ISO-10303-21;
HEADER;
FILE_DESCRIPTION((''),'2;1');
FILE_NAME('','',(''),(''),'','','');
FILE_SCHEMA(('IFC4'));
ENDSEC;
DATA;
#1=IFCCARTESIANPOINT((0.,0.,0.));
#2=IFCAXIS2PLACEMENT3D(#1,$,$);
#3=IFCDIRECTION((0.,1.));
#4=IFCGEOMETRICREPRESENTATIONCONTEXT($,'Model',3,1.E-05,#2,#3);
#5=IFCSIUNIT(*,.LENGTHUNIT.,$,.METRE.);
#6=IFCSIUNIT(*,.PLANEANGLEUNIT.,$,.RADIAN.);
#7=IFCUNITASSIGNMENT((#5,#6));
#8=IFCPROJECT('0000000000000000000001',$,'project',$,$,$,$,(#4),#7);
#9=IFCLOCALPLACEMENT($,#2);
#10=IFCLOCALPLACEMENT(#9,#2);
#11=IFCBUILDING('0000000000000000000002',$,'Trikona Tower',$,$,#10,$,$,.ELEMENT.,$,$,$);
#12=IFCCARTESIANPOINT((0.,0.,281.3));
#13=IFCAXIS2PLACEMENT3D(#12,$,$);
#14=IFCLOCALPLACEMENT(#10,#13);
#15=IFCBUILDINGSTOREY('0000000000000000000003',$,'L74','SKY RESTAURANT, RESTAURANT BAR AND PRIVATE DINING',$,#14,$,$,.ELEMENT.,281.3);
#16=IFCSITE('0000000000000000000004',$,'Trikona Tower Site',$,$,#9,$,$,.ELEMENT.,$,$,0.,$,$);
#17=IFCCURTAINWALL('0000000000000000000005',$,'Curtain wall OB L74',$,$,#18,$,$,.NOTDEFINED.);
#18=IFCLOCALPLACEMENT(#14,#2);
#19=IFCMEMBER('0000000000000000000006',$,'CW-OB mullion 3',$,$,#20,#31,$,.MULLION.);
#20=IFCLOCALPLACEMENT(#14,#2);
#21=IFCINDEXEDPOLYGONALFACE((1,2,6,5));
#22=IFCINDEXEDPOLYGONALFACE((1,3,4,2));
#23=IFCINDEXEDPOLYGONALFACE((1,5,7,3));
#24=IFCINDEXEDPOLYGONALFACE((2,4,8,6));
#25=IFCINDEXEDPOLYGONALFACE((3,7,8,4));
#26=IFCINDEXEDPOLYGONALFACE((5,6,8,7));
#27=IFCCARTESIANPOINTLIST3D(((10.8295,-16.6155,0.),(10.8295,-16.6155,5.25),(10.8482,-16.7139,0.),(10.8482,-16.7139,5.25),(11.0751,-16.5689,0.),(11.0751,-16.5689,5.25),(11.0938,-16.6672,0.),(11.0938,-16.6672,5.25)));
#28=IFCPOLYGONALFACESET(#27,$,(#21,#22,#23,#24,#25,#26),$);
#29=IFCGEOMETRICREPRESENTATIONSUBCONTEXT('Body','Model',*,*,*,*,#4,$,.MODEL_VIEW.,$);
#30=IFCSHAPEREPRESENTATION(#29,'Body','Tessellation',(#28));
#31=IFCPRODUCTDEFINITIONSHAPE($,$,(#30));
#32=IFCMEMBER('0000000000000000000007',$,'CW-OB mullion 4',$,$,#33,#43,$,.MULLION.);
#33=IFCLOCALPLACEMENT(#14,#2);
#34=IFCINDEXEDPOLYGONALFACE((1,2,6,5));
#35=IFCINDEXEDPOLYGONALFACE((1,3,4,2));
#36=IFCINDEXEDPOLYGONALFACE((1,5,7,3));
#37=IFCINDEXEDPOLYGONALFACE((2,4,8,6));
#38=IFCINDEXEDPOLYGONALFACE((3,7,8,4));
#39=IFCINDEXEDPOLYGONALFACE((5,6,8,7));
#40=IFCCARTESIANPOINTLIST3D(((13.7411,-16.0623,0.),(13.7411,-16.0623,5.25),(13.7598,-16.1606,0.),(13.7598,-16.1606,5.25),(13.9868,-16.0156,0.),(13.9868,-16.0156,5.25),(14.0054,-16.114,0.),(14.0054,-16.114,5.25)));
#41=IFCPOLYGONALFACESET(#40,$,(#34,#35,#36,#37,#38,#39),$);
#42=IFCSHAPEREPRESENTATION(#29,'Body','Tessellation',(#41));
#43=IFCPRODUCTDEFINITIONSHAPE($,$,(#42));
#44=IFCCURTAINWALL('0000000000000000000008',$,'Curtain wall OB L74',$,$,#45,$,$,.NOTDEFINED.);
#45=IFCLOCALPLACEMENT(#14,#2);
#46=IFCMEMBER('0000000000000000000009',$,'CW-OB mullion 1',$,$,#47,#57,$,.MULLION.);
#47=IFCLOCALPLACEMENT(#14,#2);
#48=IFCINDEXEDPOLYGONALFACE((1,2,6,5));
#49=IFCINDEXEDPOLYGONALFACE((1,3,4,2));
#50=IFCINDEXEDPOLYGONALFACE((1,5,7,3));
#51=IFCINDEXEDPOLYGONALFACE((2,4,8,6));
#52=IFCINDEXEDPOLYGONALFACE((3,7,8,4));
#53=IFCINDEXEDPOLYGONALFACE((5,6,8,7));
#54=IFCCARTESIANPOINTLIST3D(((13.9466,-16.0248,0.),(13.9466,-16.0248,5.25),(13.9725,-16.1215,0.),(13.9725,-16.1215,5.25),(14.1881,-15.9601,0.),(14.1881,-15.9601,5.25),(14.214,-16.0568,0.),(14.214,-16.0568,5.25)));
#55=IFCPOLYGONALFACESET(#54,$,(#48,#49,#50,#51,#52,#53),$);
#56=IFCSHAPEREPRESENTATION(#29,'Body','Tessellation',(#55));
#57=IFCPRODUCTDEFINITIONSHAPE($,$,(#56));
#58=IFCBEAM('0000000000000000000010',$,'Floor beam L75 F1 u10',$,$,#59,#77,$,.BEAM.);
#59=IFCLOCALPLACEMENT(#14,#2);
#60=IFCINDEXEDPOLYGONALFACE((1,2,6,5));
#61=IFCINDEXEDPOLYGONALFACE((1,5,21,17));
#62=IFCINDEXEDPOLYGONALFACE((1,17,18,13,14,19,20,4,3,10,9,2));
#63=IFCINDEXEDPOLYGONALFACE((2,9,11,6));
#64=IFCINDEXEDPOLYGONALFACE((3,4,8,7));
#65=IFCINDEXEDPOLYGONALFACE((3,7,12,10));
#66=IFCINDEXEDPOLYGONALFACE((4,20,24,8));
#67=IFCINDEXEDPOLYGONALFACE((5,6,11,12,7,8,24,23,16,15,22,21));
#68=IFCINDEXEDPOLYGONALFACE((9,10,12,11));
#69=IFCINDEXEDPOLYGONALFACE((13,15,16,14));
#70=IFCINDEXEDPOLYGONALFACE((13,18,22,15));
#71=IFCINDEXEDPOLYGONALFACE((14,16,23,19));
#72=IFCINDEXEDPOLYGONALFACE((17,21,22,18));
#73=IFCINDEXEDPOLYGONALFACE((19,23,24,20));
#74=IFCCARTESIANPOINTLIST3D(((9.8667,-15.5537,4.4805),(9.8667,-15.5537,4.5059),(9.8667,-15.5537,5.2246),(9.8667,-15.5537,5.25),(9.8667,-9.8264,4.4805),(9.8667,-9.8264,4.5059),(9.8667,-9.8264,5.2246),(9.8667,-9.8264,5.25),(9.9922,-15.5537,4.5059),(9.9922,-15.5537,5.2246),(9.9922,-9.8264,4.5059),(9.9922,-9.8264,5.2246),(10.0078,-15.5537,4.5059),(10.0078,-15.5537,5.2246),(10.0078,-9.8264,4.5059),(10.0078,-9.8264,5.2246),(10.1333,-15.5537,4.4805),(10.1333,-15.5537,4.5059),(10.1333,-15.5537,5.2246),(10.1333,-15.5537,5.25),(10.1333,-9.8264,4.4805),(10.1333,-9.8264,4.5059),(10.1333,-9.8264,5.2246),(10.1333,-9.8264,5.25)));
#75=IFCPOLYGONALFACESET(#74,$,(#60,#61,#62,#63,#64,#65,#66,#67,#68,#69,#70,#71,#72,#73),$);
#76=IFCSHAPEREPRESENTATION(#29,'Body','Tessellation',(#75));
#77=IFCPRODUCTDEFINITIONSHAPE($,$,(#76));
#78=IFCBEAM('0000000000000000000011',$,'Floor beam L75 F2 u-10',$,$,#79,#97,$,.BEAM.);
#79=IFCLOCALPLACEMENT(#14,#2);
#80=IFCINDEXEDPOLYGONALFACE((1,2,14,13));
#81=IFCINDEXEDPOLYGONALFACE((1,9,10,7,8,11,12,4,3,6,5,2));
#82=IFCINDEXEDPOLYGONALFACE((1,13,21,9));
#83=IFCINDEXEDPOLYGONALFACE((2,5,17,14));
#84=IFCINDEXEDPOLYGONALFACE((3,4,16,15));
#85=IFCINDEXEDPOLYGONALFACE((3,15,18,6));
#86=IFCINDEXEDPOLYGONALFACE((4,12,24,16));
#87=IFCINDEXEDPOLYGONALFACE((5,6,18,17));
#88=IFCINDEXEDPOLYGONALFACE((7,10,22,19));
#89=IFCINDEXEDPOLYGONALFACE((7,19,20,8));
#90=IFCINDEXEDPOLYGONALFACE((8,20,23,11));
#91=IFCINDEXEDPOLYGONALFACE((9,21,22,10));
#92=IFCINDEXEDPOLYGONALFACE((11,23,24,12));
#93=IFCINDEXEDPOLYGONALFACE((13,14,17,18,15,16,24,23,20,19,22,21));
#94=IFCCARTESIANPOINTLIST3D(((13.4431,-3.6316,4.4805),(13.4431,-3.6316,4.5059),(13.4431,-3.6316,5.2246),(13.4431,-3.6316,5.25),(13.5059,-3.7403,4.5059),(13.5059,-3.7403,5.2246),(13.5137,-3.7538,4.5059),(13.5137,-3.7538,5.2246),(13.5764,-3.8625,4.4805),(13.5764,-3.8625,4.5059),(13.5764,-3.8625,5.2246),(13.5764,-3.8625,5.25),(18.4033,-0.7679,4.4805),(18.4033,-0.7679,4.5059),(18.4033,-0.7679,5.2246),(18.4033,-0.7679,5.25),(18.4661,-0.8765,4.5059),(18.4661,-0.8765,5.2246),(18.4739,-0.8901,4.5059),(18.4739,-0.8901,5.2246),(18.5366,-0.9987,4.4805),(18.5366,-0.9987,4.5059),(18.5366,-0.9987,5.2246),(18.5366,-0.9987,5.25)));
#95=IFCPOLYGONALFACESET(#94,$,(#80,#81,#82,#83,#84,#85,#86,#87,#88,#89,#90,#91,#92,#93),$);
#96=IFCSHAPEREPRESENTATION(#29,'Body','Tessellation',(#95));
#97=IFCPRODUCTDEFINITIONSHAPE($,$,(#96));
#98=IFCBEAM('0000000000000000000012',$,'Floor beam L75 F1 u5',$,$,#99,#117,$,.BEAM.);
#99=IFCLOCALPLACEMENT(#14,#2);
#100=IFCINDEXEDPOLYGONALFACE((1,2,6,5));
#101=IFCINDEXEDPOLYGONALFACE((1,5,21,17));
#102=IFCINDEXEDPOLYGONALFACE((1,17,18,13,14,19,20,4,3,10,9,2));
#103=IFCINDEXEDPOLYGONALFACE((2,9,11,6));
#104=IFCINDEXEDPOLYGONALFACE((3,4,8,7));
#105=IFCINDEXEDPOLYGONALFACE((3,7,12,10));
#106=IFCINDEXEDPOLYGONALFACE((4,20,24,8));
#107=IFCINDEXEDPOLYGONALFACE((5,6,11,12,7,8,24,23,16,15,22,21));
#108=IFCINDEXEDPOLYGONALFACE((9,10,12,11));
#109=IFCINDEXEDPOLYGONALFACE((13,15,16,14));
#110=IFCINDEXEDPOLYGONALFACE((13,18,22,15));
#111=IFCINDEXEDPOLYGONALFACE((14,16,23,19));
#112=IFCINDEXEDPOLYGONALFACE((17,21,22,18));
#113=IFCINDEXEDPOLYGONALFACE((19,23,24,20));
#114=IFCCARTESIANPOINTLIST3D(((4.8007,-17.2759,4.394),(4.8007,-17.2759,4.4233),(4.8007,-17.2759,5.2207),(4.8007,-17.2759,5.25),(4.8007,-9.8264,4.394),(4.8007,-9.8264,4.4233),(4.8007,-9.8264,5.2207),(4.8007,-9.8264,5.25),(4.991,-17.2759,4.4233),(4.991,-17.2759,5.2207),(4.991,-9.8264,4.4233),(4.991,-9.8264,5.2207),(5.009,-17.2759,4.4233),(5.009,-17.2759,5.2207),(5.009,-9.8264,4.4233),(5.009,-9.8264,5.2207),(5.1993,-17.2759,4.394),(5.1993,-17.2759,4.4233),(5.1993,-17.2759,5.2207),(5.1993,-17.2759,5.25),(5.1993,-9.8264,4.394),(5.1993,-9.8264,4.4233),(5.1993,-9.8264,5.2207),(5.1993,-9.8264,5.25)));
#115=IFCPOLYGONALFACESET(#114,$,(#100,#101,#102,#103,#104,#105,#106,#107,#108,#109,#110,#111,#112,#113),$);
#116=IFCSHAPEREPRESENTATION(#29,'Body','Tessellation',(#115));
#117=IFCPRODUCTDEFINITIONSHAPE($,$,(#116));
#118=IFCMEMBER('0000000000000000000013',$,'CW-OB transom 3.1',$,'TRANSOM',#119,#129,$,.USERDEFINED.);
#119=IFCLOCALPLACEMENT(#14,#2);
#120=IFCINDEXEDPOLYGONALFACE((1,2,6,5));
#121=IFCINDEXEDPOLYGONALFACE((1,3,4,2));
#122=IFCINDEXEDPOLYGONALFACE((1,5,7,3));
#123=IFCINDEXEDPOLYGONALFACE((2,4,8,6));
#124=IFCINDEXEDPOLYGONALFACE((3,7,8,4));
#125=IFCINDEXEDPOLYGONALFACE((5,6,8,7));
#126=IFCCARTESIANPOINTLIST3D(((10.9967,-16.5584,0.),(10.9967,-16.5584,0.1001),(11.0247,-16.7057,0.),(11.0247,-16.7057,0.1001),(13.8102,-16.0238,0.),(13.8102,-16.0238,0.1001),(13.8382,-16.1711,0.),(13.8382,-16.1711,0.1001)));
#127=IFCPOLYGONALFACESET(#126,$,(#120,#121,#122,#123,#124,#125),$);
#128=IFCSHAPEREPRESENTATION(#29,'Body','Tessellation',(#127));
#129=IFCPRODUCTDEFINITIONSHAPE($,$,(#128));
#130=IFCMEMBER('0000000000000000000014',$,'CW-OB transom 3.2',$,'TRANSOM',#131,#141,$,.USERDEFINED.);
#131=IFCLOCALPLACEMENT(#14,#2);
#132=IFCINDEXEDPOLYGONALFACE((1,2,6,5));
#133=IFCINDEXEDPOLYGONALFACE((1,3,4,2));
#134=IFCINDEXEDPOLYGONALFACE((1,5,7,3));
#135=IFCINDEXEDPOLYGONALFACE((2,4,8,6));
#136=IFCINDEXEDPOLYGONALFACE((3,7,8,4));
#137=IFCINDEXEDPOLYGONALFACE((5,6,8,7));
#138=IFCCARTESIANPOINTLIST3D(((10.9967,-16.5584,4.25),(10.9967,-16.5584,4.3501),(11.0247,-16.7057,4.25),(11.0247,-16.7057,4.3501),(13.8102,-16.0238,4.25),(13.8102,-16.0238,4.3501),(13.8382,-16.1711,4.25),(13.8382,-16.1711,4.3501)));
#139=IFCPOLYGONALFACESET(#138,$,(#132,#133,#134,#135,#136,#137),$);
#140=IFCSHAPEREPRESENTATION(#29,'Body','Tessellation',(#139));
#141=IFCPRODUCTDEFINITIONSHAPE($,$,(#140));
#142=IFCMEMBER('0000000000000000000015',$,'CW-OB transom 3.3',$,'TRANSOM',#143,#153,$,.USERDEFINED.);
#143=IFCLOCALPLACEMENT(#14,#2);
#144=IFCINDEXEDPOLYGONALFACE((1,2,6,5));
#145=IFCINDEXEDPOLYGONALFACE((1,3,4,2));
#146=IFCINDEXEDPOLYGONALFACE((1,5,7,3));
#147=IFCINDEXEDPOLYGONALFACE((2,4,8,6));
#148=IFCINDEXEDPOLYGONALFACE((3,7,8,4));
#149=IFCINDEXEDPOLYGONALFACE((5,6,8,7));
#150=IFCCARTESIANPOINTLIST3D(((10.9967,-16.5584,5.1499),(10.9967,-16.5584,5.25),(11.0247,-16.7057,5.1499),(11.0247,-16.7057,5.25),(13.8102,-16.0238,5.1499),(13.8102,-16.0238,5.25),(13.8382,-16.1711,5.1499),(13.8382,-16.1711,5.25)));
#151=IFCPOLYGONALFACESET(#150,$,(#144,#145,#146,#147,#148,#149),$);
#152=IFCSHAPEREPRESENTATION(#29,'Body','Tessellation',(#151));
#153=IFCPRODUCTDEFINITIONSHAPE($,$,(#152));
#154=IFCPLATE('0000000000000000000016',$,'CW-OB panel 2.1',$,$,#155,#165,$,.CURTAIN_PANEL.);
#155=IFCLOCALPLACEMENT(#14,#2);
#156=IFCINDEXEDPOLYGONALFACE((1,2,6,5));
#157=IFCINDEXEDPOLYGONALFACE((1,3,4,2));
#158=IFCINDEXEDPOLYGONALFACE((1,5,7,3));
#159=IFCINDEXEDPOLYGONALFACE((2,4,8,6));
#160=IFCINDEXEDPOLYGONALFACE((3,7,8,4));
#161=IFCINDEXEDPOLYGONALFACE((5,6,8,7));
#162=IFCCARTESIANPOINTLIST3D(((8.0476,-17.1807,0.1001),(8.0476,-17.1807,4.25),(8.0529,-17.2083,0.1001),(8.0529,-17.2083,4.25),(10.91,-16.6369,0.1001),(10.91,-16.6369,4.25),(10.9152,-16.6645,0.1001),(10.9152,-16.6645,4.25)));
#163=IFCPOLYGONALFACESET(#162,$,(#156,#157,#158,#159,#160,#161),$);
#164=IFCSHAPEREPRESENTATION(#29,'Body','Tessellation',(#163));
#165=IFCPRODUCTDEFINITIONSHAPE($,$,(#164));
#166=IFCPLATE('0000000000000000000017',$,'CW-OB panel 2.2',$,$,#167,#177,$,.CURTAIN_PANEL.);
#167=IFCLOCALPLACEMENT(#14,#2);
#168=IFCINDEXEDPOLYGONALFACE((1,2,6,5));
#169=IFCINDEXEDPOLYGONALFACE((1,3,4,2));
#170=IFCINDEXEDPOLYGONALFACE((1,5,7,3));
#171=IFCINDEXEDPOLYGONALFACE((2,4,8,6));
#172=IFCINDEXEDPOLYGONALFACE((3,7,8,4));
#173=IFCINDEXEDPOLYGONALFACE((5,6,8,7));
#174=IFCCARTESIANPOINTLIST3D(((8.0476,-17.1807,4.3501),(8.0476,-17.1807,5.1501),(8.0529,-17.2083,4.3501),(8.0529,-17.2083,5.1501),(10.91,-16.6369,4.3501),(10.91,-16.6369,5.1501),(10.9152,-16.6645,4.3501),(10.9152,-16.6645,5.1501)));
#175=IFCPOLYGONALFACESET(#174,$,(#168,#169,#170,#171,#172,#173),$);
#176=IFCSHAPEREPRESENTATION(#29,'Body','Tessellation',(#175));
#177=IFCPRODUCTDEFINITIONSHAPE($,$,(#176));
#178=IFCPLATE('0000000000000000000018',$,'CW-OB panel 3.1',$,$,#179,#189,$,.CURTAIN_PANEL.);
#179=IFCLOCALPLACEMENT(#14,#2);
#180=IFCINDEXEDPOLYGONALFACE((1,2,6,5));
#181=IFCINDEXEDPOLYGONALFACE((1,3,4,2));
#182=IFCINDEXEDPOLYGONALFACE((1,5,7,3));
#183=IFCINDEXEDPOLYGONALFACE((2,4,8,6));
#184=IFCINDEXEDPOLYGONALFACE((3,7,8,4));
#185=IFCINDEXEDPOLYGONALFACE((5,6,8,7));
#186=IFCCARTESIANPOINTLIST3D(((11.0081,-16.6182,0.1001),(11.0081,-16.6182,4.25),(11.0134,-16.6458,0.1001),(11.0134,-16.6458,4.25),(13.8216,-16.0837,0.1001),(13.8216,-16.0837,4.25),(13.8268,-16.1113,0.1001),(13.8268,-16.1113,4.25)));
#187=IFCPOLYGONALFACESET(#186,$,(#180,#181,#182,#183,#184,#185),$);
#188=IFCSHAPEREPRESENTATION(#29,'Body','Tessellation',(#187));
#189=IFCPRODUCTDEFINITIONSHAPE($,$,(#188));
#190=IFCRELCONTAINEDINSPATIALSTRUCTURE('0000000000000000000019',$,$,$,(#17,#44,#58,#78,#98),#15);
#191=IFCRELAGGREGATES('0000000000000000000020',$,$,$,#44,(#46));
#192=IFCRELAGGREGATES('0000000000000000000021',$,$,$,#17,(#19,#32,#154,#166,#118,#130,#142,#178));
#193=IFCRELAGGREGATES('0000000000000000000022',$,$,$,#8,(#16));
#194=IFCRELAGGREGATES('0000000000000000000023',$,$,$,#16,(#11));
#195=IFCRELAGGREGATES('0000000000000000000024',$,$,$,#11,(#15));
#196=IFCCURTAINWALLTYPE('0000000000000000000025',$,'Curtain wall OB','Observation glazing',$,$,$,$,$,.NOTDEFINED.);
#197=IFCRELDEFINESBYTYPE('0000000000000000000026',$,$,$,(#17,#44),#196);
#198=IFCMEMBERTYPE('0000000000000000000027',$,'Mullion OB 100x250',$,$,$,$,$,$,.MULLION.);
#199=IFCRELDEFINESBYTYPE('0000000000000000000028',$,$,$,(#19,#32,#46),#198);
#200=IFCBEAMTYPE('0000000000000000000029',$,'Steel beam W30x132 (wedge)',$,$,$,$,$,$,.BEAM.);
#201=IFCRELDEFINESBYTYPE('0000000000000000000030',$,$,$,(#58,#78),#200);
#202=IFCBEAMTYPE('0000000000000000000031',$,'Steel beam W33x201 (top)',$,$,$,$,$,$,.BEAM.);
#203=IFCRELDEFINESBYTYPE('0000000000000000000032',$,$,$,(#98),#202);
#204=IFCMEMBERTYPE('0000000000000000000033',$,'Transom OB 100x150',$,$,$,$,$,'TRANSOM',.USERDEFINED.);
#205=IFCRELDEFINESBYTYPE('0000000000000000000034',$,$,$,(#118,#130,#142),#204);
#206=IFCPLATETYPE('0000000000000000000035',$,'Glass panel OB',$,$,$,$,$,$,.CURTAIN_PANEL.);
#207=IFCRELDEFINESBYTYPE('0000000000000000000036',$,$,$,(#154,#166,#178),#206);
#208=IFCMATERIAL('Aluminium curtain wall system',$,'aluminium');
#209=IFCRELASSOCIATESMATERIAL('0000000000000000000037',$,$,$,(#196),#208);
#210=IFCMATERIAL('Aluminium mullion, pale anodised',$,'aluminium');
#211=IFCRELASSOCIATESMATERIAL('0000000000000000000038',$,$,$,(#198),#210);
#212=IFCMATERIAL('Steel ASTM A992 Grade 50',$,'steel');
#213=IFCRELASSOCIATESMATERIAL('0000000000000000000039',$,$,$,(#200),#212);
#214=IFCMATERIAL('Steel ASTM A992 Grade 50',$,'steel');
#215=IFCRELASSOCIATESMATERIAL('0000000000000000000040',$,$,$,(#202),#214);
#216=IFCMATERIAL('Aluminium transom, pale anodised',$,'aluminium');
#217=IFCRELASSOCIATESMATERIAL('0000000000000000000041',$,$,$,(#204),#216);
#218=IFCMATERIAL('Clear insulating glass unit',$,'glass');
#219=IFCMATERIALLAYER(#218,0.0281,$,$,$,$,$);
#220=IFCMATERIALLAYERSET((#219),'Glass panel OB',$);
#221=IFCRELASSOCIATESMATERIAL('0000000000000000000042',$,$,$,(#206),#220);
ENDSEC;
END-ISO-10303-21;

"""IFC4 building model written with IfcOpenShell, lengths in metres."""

from ifc_helpers import new_model, si_unit, direction, frame, origin, origin_2d, place, context, subcontext, project, spatial, rectangle, i_section, extrude, material, layer, layer_set, material_profile, profile_set, type_object, element, aggregate, save


model = new_model("IFC4")

# Units and contexts
model_context = context("Model", 3, precision=1e-05, world=origin(), true_north=direction((0.0, 1.0)))
body_context = subcontext(model_context, "Body", "Model", "MODEL_VIEW")
ifc_project = project(units=[si_unit("LENGTHUNIT", "METRE"), si_unit("PLANEANGLEUNIT", "RADIAN")], contexts=[model_context])

# Site, building, storey
site_placement = place(None, origin())
site = spatial("IfcSite", under=ifc_project, at=site_placement, Name="Trikona Tower Site", CompositionType="ELEMENT", RefElevation=0.0)
building_placement = place(site_placement, origin())
building = spatial("IfcBuilding", under=site, at=building_placement, Name="Trikona Tower", CompositionType="ELEMENT")
storey_placement = place(building_placement, frame((0.0, 0.0, 281.3)))
storey = spatial("IfcBuildingStorey", under=building, at=storey_placement, Name="L74", Description="SKY RESTAURANT, RESTAURANT BAR AND PRIVATE DINING", CompositionType="ELEMENT", Elevation=281.3)

# Curtain wall, members
ifc_material_1 = material(Name="Aluminium curtain wall system", Category="aluminium")
curtain_wall_type = type_object("IfcCurtainWallType", Name="Curtain wall OB", Description="Observation glazing", PredefinedType="NOTDEFINED", material=ifc_material_1)
curtain_wall_1_placement = place(storey_placement, origin())
curtain_wall_1 = element("IfcCurtainWall", 1, at=curtain_wall_1_placement, inside=storey, type_object=curtain_wall_type, Name="Curtain wall OB L74", PredefinedType="NOTDEFINED")
ifc_material_2 = material(Name="Aluminium mullion, pale anodised", Category="aluminium")
ifc_material_profile_1 = material_profile(ifc_material_2, rectangle(XDim=0.1001, YDim=0.25, at=origin_2d()), Name="MUL-OB")
ifc_profile_set_1 = profile_set([ifc_material_profile_1], Name="Aluminium mullion, pale anodised")
member_type_1 = type_object("IfcMemberType", Name="Mullion OB 100x250", PredefinedType="MULLION", material=ifc_profile_set_1)
member_1_placement = place(storey_placement, frame((10.9617, -16.6414, 0.0), z_axis=(0.0, 0.0, 1.0), x_axis=(-0.186661, 0.982424, 0.0)))
member_1 = element("IfcMember", 2, at=member_1_placement, type_object=member_type_1, Name="CW-OB mullion 3", PredefinedType="MULLION", context=body_context, shape_type="SweptSolid", body=[
    extrude(rectangle(XDim=0.1001, YDim=0.25, at=origin_2d()), origin(), (0.0, 0.0, 1.0), 5.25),
])
member_2_placement = place(storey_placement, frame((13.8733, -16.0881, 0.0), z_axis=(0.0, 0.0, 1.0), x_axis=(-0.186661, 0.982424, 0.0)))
member_2 = element("IfcMember", 3, at=member_2_placement, type_object=member_type_1, Name="CW-OB mullion 4", PredefinedType="MULLION", context=body_context, shape_type="SweptSolid", body=[
    extrude(rectangle(XDim=0.1001, YDim=0.25, at=origin_2d()), origin(), (0.0, 0.0, 1.0), 5.25),
])

# Curtain wall, member
curtain_wall_2_placement = place(storey_placement, origin())
curtain_wall_2 = element("IfcCurtainWall", 4, at=curtain_wall_2_placement, inside=storey, type_object=curtain_wall_type, Name="Curtain wall OB L74", PredefinedType="NOTDEFINED")
member_3_placement = place(storey_placement, frame((14.0803, -16.0408, 0.0), z_axis=(0.0, 0.0, 1.0), x_axis=(-0.258828, 0.965923, 0.0)))
member_3 = element("IfcMember", 5, at=member_3_placement, type_object=member_type_1, Name="CW-OB mullion 1", PredefinedType="MULLION", context=body_context, shape_type="SweptSolid", body=[
    extrude(rectangle(XDim=0.1001, YDim=0.25, at=origin_2d()), origin(), (0.0, 0.0, 1.0), 5.25),
])
aggregate(curtain_wall_2, [member_3])

# Beams
ifc_material_3 = material(Name="Steel ASTM A992 Grade 50", Category="steel")
ifc_material_profile_2 = material_profile(ifc_material_3, i_section(OverallWidth=0.2666, OverallDepth=0.7695, WebThickness=0.0156, FlangeThickness=0.0254, at=origin_2d()), Name="W30X132")
ifc_profile_set_2 = profile_set([ifc_material_profile_2], Name="Steel ASTM A992 Grade 50")
beam_type_1 = type_object("IfcBeamType", Name="Steel beam W30x132 (wedge)", PredefinedType="BEAM", material=ifc_profile_set_2)
beam_1_placement = place(storey_placement, frame((10.0, -9.8264, 4.8652), z_axis=(0.0, -1.0, 0.0), x_axis=(1.0, 0.0, 0.0)))
element("IfcBeam", 6, at=beam_1_placement, inside=storey, type_object=beam_type_1, Name="Floor beam L75 F1 u10", PredefinedType="BEAM", context=body_context, shape_type="SweptSolid", body=[
    extrude(i_section(OverallWidth=0.2666, OverallDepth=0.7695, WebThickness=0.0156, FlangeThickness=0.0254, at=origin_2d()), origin(), (0.0, 0.0, 1.0), 5.7273),
])
beam_2_placement = place(storey_placement, frame((13.5098, -3.7471, 4.8652), z_axis=(0.866026, 0.499999, 0.0), x_axis=(-0.499999, 0.866026, 0.0)))
element("IfcBeam", 7, at=beam_2_placement, inside=storey, type_object=beam_type_1, Name="Floor beam L75 F2 u-10", PredefinedType="BEAM", context=body_context, shape_type="SweptSolid", body=[
    extrude(i_section(OverallWidth=0.2666, OverallDepth=0.7695, WebThickness=0.0156, FlangeThickness=0.0254, at=origin_2d()), origin(), (0.0, 0.0, 1.0), 5.7275),
])
ifc_material_4 = material(Name="Steel ASTM A992 Grade 50", Category="steel")
ifc_material_profile_3 = material_profile(ifc_material_4, i_section(OverallWidth=0.3987, OverallDepth=0.856, WebThickness=0.0181, FlangeThickness=0.0293, at=origin_2d()), Name="W33X201")
ifc_profile_set_3 = profile_set([ifc_material_profile_3], Name="Steel ASTM A992 Grade 50")
beam_type_2 = type_object("IfcBeamType", Name="Steel beam W33x201 (top)", PredefinedType="BEAM", material=ifc_profile_set_3)
beam_3_placement = place(storey_placement, frame((5.0, -9.8264, 4.822), z_axis=(0.0, -1.0, 0.0), x_axis=(1.0, 0.0, 0.0)))
element("IfcBeam", 8, at=beam_3_placement, inside=storey, type_object=beam_type_2, Name="Floor beam L75 F1 u5", PredefinedType="BEAM", context=body_context, shape_type="SweptSolid", body=[
    extrude(i_section(OverallWidth=0.3987, OverallDepth=0.856, WebThickness=0.0181, FlangeThickness=0.0293, at=origin_2d()), origin(), (0.0, 0.0, 1.0), 7.4495),
])

# Members
ifc_material_5 = material(Name="Aluminium transom, pale anodised", Category="aluminium")
ifc_material_profile_4 = material_profile(ifc_material_5, rectangle(XDim=0.1499, YDim=0.1001, at=origin_2d()), Name="TRN-OB")
ifc_profile_set_4 = profile_set([ifc_material_profile_4], Name="Aluminium transom, pale anodised")
member_type_2 = type_object("IfcMemberType", Name="Transom OB 100x150", ElementType="TRANSOM", PredefinedType="USERDEFINED", material=ifc_profile_set_4)
member_4_placement = place(storey_placement, frame((11.0107, -16.6321, 0.05), z_axis=(0.982418, 0.186697, 0.0), x_axis=(-0.186697, 0.982418, 0.0)))
member_4 = element("IfcMember", 9, at=member_4_placement, type_object=member_type_2, Name="CW-OB transom 3.1", ObjectType="TRANSOM", PredefinedType="USERDEFINED", context=body_context, shape_type="SweptSolid", body=[
    extrude(rectangle(XDim=0.1499, YDim=0.1001, at=origin_2d()), origin(), (0.0, 0.0, 1.0), 2.8638),
])
member_5_placement = place(storey_placement, frame((11.0107, -16.6321, 4.3), z_axis=(0.982418, 0.186697, 0.0), x_axis=(-0.186697, 0.982418, 0.0)))
member_5 = element("IfcMember", 10, at=member_5_placement, type_object=member_type_2, Name="CW-OB transom 3.2", ObjectType="TRANSOM", PredefinedType="USERDEFINED", context=body_context, shape_type="SweptSolid", body=[
    extrude(rectangle(XDim=0.1499, YDim=0.1001, at=origin_2d()), origin(), (0.0, 0.0, 1.0), 2.8638),
])
member_6_placement = place(storey_placement, frame((11.0107, -16.6321, 5.2), z_axis=(0.982418, 0.186697, 0.0), x_axis=(-0.186697, 0.982418, 0.0)))
member_6 = element("IfcMember", 11, at=member_6_placement, type_object=member_type_2, Name="CW-OB transom 3.3", ObjectType="TRANSOM", PredefinedType="USERDEFINED", context=body_context, shape_type="SweptSolid", body=[
    extrude(rectangle(XDim=0.1499, YDim=0.1001, at=origin_2d()), origin(), (0.0, 0.0, 1.0), 2.8638),
])

# Plates
ifc_material_6 = material(Name="Clear insulating glass unit", Category="glass")
ifc_layer_1 = layer(ifc_material_6, 0.0281)
ifc_layer_set_1 = layer_set([ifc_layer_1], Name="Glass panel OB")
plate_type = type_object("IfcPlateType", Name="Glass panel OB", PredefinedType="CURTAIN_PANEL", material=ifc_layer_set_1)
plate_1_placement = place(storey_placement, frame((9.4814, -16.9226, 0.1001), z_axis=(0.0, 0.0, 1.0), x_axis=(0.982424, 0.186661, 0.0)))
plate_1 = element("IfcPlate", 12, at=plate_1_placement, type_object=plate_type, Name="CW-OB panel 2.1", PredefinedType="CURTAIN_PANEL", context=body_context, shape_type="SweptSolid", body=[
    extrude(rectangle(XDim=2.9136, YDim=0.0281, at=origin_2d()), origin(), (0.0, 0.0, 1.0), 4.1499),
])
plate_2_placement = place(storey_placement, frame((9.4814, -16.9226, 4.3501), z_axis=(0.0, 0.0, 1.0), x_axis=(0.982424, 0.186661, 0.0)))
plate_2 = element("IfcPlate", 13, at=plate_2_placement, type_object=plate_type, Name="CW-OB panel 2.2", PredefinedType="CURTAIN_PANEL", context=body_context, shape_type="SweptSolid", body=[
    extrude(rectangle(XDim=2.9136, YDim=0.0281, at=origin_2d()), origin(), (0.0, 0.0, 1.0), 0.8),
])
plate_3_placement = place(storey_placement, frame((12.4175, -16.3647, 0.1001), z_axis=(0.0, 0.0, 1.0), x_axis=(0.982424, 0.186661, 0.0)))
plate_3 = element("IfcPlate", 14, at=plate_3_placement, type_object=plate_type, Name="CW-OB panel 3.1", PredefinedType="CURTAIN_PANEL", context=body_context, shape_type="SweptSolid", body=[
    extrude(rectangle(XDim=2.8638, YDim=0.0281, at=origin_2d()), origin(), (0.0, 0.0, 1.0), 4.1499),
])
aggregate(curtain_wall_1, [member_1, member_2, plate_1, plate_2, member_4, member_5, member_6, plate_3])

save(model, "model.ifc")
